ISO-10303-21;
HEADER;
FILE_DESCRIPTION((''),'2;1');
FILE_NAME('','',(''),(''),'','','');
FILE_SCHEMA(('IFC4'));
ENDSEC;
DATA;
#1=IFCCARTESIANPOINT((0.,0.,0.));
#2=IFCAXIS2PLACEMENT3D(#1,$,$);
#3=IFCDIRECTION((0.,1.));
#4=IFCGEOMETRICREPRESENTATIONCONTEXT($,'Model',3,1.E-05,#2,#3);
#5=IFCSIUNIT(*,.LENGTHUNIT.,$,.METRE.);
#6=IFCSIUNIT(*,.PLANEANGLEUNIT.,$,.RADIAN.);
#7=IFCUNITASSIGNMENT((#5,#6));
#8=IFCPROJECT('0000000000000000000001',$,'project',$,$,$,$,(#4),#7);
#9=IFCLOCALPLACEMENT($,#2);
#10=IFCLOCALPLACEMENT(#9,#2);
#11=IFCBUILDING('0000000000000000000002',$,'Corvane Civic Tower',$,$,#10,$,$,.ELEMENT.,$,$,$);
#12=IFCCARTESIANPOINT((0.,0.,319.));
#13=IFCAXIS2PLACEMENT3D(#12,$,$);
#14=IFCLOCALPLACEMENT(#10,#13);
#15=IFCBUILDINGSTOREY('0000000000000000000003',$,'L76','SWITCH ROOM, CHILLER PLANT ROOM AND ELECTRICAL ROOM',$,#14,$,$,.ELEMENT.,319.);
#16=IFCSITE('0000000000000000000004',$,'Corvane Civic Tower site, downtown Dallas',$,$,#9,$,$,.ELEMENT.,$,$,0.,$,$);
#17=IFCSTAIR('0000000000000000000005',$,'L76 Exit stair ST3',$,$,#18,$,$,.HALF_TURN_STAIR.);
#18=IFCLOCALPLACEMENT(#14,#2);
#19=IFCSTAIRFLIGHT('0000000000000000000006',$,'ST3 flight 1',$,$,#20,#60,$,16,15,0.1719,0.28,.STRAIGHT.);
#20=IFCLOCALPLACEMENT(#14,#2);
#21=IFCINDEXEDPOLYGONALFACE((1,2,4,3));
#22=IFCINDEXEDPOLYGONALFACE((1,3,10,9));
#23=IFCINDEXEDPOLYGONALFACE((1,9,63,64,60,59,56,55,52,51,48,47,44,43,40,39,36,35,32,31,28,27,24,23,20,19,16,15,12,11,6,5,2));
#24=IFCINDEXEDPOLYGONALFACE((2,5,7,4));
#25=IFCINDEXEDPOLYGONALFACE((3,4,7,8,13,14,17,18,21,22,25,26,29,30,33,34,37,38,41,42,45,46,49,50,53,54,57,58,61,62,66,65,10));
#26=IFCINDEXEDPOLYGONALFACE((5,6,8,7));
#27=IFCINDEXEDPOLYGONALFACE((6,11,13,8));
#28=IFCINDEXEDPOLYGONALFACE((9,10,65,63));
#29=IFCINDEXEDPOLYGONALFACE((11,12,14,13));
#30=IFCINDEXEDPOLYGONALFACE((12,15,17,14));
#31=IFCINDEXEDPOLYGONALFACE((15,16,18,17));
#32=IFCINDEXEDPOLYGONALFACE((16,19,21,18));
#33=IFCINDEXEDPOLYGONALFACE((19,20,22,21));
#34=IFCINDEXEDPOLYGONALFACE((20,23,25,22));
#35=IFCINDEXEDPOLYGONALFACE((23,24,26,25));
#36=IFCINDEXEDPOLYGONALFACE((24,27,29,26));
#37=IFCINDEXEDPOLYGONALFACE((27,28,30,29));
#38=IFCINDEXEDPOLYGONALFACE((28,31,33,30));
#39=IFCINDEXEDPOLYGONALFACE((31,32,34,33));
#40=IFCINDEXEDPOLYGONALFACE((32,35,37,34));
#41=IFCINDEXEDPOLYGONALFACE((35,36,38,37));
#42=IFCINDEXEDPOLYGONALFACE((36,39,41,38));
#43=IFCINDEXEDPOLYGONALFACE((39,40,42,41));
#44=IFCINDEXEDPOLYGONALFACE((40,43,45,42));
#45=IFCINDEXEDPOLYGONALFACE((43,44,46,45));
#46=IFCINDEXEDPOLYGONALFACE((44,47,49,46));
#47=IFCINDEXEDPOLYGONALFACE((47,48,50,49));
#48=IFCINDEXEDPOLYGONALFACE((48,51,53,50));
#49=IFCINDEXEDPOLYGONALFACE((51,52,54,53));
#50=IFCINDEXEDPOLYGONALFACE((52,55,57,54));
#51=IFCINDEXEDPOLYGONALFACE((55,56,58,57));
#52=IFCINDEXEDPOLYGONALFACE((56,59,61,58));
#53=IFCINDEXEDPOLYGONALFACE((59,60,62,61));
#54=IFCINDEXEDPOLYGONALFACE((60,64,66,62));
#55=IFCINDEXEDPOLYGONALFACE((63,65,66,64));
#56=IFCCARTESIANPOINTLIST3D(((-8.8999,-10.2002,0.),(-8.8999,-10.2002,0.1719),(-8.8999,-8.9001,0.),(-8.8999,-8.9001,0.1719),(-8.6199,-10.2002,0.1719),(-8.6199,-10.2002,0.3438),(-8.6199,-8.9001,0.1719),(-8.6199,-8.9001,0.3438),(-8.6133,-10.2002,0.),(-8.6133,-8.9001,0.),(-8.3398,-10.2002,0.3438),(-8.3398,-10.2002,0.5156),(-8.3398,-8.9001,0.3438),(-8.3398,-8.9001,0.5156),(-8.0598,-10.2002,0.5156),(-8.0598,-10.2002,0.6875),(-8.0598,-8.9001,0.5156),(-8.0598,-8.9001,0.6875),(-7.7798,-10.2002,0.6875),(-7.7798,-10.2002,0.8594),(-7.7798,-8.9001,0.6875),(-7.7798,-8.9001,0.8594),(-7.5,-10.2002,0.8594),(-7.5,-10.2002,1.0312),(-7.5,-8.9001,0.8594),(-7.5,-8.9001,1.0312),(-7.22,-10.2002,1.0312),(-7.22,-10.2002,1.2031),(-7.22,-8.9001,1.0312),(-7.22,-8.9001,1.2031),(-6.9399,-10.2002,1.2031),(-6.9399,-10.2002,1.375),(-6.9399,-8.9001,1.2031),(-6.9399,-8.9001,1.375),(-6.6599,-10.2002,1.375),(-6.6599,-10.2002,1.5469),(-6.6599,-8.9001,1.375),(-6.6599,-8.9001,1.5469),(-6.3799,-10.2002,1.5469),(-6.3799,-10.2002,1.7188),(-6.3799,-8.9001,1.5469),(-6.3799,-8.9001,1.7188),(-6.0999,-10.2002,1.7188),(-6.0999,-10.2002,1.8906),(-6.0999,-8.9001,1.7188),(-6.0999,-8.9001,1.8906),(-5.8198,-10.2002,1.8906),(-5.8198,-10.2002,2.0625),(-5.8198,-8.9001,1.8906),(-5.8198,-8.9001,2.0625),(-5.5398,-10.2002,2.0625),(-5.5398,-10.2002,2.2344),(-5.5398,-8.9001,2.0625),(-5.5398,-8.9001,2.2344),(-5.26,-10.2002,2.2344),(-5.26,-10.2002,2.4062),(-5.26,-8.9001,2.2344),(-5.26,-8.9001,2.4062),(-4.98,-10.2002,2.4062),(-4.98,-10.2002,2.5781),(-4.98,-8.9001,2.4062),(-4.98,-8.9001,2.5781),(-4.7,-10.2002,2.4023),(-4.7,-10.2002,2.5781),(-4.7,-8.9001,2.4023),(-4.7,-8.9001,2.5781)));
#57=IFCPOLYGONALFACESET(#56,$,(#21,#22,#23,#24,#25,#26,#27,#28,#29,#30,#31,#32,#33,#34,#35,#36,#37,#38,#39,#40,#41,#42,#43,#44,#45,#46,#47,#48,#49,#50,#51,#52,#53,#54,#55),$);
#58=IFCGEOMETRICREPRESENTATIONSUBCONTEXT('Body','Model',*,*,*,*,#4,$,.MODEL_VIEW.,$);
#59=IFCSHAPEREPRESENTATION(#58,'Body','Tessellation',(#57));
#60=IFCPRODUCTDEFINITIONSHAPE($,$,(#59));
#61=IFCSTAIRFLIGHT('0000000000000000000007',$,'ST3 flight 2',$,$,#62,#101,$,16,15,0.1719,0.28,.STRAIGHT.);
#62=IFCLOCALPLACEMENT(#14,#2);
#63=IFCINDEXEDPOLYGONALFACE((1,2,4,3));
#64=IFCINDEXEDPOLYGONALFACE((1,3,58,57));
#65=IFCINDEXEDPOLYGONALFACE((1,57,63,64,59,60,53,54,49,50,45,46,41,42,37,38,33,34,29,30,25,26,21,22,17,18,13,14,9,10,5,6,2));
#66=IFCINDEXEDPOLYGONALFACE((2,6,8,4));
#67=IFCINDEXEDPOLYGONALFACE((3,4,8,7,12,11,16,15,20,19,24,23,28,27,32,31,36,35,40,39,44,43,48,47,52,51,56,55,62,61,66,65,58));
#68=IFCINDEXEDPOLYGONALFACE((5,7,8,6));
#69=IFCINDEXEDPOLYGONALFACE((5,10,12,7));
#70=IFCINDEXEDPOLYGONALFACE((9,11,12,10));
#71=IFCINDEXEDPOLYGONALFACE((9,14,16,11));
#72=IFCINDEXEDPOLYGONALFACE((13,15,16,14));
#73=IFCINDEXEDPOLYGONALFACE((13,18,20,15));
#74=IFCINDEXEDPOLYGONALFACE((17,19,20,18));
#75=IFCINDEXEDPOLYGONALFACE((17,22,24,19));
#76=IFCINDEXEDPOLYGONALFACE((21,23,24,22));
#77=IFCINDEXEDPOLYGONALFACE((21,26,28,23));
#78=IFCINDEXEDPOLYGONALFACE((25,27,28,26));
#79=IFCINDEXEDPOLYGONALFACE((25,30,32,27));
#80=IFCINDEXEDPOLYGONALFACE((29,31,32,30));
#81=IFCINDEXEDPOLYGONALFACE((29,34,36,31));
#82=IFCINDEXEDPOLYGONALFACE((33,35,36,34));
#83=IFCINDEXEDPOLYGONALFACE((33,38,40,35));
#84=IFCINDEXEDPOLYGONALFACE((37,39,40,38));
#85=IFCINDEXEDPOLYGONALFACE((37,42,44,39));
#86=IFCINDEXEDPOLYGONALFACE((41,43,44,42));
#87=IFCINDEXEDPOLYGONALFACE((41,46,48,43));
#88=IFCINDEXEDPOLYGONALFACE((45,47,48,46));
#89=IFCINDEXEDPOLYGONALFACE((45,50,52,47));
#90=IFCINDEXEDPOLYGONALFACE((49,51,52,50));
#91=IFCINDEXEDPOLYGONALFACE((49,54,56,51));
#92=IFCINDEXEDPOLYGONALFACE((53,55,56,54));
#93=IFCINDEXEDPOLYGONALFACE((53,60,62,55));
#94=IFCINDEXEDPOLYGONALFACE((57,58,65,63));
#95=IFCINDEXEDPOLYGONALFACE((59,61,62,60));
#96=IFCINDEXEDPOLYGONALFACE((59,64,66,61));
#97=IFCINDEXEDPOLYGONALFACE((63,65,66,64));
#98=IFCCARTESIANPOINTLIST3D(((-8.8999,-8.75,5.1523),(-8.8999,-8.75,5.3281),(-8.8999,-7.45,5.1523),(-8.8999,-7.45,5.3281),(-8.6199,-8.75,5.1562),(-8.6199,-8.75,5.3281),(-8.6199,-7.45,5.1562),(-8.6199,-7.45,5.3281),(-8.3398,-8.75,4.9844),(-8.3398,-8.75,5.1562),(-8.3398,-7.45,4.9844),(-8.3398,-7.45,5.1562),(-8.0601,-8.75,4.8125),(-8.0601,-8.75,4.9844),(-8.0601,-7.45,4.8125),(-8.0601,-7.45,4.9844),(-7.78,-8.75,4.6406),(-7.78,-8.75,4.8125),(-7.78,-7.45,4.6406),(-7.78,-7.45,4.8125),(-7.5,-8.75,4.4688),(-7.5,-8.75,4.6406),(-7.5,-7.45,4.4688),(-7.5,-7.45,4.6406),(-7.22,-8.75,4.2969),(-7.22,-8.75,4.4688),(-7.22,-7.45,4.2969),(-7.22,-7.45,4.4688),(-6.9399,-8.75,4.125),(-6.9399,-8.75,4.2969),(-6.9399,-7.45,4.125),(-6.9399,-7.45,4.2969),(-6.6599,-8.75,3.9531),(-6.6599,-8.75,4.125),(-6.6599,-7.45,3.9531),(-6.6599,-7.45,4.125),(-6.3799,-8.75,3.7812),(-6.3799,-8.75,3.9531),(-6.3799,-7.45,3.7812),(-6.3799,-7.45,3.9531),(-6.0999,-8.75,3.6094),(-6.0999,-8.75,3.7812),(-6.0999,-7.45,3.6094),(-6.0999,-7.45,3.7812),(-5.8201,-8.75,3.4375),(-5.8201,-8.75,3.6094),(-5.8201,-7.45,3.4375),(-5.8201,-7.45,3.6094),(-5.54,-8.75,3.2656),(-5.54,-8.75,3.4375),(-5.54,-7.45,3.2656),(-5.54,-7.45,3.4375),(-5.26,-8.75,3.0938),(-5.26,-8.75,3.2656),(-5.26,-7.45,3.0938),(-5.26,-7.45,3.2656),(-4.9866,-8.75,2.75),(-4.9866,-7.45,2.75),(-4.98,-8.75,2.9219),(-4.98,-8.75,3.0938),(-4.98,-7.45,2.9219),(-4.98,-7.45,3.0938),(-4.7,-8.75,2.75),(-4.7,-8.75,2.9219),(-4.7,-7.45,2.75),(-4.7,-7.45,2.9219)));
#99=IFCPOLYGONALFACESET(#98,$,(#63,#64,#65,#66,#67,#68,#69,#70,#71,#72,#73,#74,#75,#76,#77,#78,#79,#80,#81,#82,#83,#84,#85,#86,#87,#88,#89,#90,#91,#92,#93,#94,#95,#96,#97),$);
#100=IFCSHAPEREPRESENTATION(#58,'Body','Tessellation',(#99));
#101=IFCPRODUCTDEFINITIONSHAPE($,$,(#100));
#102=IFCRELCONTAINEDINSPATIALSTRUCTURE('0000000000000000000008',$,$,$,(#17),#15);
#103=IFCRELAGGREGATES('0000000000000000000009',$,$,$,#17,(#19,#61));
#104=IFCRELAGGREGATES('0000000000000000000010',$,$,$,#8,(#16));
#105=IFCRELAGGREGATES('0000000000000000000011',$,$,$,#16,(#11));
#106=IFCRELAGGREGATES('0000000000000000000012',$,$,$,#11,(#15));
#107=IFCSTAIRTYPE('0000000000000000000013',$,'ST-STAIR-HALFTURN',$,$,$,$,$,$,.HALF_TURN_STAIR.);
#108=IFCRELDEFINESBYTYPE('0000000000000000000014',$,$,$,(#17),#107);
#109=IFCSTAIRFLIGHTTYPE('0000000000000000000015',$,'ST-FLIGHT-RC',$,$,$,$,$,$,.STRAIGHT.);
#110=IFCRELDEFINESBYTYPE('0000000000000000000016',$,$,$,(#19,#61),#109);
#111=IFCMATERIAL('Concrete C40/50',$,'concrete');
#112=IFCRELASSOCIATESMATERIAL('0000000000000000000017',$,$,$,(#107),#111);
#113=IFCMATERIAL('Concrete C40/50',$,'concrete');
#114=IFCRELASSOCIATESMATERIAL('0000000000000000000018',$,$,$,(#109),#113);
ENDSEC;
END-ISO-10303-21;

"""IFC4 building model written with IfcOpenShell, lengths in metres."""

from ifc_helpers import new_model, si_unit, direction, frame, origin, place, context, subcontext, project, spatial, polyline, outline, extrude, material, type_object, element, aggregate, save


model = new_model("IFC4")

# Units and contexts
model_context = context("Model", 3, precision=1e-05, world=origin(), true_north=direction((0.0, 1.0)))
body_context = subcontext(model_context, "Body", "Model", "MODEL_VIEW")
ifc_project = project(units=[si_unit("LENGTHUNIT", "METRE"), si_unit("PLANEANGLEUNIT", "RADIAN")], contexts=[model_context])

# Site, building, storey
site_placement = place(None, origin())
site = spatial("IfcSite", under=ifc_project, at=site_placement, Name="Corvane Civic Tower site, downtown Dallas", CompositionType="ELEMENT", RefElevation=0.0)
building_placement = place(site_placement, origin())
building = spatial("IfcBuilding", under=site, at=building_placement, Name="Corvane Civic Tower", CompositionType="ELEMENT")
storey_placement = place(building_placement, frame((0.0, 0.0, 319.0)))
storey = spatial("IfcBuildingStorey", under=building, at=storey_placement, Name="L76", Description="SWITCH ROOM, CHILLER PLANT ROOM AND ELECTRICAL ROOM", CompositionType="ELEMENT", Elevation=319.0)

# Stair, stair flights
ifc_material_1 = material(Name="Concrete C40/50", Category="concrete")
stair_type = type_object("IfcStairType", Name="ST-STAIR-HALFTURN", PredefinedType="HALF_TURN_STAIR", material=ifc_material_1)
stair_placement = place(storey_placement, origin())
stair = element("IfcStair", 1, at=stair_placement, inside=storey, type_object=stair_type, Name="L76 Exit stair ST3", PredefinedType="HALF_TURN_STAIR")
ifc_material_2 = material(Name="Concrete C40/50", Category="concrete")
stair_flight_type = type_object("IfcStairFlightType", Name="ST-FLIGHT-RC", PredefinedType="STRAIGHT", material=ifc_material_2)
stair_flight_1_placement = place(storey_placement, frame((-8.8999, -9.55, 0.0), z_axis=(0.0, 0.0, 1.0), x_axis=(1.0, 0.0, 0.0)))
stair_flight_1 = element("IfcStairFlight", 2, at=stair_flight_1_placement, type_object=stair_flight_type, Name="ST3 flight 1", NumberOfRisers=16, NumberOfTreads=15, PredefinedType="STRAIGHT", RiserHeight=0.1719, TreadLength=0.28, context=body_context, shape_type="SweptSolid", body=[
    extrude(outline(polyline([(0.0, 0.0), (0.0, 0.1719), (0.28, 0.1719), (0.28, 0.3438), (0.5601, 0.3438), (0.5601, 0.5156), (0.8401, 0.5156), (0.8401, 0.6875), (1.1201, 0.6875), (1.1201, 0.8594), (1.3999, 0.8594), (1.3999, 1.0312), (1.6799, 1.0312), (1.6799, 1.2031), (1.96, 1.2031), (1.96, 1.375), (2.24, 1.375), (2.24, 1.5469), (2.52, 1.5469), (2.52, 1.7188), (2.8, 1.7188), (2.8, 1.8906), (3.0801, 1.8906), (3.0801, 2.0625), (3.3601, 2.0625), (3.3601, 2.2344), (3.6399, 2.2344), (3.6399, 2.4062), (3.9199, 2.4062), (3.9199, 2.5781), (4.2, 2.5781), (4.2, 2.75), (4.2, 2.4023), (0.2866, 0.0), (0.0, 0.0)])), frame((0.0, 0.6499, 0.0), z_axis=(0.0, -1.0, 0.0), x_axis=(1.0, 0.0, 0.0)), (0.0, 0.0, 1.0), 1.3),
])
stair_flight_2_placement = place(storey_placement, frame((-4.7, -8.1001, 2.75), z_axis=(0.0, 0.0, 1.0), x_axis=(-1.0, 0.0, 0.0)))
stair_flight_2 = element("IfcStairFlight", 3, at=stair_flight_2_placement, type_object=stair_flight_type, Name="ST3 flight 2", NumberOfRisers=16, NumberOfTreads=15, PredefinedType="STRAIGHT", RiserHeight=0.1719, TreadLength=0.28, context=body_context, shape_type="SweptSolid", body=[
    extrude(outline(polyline([(0.0, 0.0), (0.0, 0.1719), (0.28, 0.1719), (0.28, 0.3438), (0.5601, 0.3438), (0.5601, 0.5156), (0.8401, 0.5156), (0.8401, 0.6875), (1.1201, 0.6875), (1.1201, 0.8594), (1.3999, 0.8594), (1.3999, 1.0312), (1.6799, 1.0312), (1.6799, 1.2031), (1.96, 1.2031), (1.96, 1.375), (2.24, 1.375), (2.24, 1.5469), (2.52, 1.5469), (2.52, 1.7188), (2.8, 1.7188), (2.8, 1.8906), (3.0801, 1.8906), (3.0801, 2.0625), (3.3601, 2.0625), (3.3601, 2.2344), (3.6399, 2.2344), (3.6399, 2.4062), (3.9199, 2.4062), (3.9199, 2.5781), (4.2, 2.5781), (4.2, 2.75), (4.2, 2.4023), (0.2866, 0.0), (0.0, 0.0)])), frame((0.0, 0.6499, 0.0), z_axis=(0.0, -1.0, 0.0), x_axis=(1.0, 0.0, 0.0)), (0.0, 0.0, 1.0), 1.3),
])
aggregate(stair, [stair_flight_1, stair_flight_2])

save(model, "model.ifc")
